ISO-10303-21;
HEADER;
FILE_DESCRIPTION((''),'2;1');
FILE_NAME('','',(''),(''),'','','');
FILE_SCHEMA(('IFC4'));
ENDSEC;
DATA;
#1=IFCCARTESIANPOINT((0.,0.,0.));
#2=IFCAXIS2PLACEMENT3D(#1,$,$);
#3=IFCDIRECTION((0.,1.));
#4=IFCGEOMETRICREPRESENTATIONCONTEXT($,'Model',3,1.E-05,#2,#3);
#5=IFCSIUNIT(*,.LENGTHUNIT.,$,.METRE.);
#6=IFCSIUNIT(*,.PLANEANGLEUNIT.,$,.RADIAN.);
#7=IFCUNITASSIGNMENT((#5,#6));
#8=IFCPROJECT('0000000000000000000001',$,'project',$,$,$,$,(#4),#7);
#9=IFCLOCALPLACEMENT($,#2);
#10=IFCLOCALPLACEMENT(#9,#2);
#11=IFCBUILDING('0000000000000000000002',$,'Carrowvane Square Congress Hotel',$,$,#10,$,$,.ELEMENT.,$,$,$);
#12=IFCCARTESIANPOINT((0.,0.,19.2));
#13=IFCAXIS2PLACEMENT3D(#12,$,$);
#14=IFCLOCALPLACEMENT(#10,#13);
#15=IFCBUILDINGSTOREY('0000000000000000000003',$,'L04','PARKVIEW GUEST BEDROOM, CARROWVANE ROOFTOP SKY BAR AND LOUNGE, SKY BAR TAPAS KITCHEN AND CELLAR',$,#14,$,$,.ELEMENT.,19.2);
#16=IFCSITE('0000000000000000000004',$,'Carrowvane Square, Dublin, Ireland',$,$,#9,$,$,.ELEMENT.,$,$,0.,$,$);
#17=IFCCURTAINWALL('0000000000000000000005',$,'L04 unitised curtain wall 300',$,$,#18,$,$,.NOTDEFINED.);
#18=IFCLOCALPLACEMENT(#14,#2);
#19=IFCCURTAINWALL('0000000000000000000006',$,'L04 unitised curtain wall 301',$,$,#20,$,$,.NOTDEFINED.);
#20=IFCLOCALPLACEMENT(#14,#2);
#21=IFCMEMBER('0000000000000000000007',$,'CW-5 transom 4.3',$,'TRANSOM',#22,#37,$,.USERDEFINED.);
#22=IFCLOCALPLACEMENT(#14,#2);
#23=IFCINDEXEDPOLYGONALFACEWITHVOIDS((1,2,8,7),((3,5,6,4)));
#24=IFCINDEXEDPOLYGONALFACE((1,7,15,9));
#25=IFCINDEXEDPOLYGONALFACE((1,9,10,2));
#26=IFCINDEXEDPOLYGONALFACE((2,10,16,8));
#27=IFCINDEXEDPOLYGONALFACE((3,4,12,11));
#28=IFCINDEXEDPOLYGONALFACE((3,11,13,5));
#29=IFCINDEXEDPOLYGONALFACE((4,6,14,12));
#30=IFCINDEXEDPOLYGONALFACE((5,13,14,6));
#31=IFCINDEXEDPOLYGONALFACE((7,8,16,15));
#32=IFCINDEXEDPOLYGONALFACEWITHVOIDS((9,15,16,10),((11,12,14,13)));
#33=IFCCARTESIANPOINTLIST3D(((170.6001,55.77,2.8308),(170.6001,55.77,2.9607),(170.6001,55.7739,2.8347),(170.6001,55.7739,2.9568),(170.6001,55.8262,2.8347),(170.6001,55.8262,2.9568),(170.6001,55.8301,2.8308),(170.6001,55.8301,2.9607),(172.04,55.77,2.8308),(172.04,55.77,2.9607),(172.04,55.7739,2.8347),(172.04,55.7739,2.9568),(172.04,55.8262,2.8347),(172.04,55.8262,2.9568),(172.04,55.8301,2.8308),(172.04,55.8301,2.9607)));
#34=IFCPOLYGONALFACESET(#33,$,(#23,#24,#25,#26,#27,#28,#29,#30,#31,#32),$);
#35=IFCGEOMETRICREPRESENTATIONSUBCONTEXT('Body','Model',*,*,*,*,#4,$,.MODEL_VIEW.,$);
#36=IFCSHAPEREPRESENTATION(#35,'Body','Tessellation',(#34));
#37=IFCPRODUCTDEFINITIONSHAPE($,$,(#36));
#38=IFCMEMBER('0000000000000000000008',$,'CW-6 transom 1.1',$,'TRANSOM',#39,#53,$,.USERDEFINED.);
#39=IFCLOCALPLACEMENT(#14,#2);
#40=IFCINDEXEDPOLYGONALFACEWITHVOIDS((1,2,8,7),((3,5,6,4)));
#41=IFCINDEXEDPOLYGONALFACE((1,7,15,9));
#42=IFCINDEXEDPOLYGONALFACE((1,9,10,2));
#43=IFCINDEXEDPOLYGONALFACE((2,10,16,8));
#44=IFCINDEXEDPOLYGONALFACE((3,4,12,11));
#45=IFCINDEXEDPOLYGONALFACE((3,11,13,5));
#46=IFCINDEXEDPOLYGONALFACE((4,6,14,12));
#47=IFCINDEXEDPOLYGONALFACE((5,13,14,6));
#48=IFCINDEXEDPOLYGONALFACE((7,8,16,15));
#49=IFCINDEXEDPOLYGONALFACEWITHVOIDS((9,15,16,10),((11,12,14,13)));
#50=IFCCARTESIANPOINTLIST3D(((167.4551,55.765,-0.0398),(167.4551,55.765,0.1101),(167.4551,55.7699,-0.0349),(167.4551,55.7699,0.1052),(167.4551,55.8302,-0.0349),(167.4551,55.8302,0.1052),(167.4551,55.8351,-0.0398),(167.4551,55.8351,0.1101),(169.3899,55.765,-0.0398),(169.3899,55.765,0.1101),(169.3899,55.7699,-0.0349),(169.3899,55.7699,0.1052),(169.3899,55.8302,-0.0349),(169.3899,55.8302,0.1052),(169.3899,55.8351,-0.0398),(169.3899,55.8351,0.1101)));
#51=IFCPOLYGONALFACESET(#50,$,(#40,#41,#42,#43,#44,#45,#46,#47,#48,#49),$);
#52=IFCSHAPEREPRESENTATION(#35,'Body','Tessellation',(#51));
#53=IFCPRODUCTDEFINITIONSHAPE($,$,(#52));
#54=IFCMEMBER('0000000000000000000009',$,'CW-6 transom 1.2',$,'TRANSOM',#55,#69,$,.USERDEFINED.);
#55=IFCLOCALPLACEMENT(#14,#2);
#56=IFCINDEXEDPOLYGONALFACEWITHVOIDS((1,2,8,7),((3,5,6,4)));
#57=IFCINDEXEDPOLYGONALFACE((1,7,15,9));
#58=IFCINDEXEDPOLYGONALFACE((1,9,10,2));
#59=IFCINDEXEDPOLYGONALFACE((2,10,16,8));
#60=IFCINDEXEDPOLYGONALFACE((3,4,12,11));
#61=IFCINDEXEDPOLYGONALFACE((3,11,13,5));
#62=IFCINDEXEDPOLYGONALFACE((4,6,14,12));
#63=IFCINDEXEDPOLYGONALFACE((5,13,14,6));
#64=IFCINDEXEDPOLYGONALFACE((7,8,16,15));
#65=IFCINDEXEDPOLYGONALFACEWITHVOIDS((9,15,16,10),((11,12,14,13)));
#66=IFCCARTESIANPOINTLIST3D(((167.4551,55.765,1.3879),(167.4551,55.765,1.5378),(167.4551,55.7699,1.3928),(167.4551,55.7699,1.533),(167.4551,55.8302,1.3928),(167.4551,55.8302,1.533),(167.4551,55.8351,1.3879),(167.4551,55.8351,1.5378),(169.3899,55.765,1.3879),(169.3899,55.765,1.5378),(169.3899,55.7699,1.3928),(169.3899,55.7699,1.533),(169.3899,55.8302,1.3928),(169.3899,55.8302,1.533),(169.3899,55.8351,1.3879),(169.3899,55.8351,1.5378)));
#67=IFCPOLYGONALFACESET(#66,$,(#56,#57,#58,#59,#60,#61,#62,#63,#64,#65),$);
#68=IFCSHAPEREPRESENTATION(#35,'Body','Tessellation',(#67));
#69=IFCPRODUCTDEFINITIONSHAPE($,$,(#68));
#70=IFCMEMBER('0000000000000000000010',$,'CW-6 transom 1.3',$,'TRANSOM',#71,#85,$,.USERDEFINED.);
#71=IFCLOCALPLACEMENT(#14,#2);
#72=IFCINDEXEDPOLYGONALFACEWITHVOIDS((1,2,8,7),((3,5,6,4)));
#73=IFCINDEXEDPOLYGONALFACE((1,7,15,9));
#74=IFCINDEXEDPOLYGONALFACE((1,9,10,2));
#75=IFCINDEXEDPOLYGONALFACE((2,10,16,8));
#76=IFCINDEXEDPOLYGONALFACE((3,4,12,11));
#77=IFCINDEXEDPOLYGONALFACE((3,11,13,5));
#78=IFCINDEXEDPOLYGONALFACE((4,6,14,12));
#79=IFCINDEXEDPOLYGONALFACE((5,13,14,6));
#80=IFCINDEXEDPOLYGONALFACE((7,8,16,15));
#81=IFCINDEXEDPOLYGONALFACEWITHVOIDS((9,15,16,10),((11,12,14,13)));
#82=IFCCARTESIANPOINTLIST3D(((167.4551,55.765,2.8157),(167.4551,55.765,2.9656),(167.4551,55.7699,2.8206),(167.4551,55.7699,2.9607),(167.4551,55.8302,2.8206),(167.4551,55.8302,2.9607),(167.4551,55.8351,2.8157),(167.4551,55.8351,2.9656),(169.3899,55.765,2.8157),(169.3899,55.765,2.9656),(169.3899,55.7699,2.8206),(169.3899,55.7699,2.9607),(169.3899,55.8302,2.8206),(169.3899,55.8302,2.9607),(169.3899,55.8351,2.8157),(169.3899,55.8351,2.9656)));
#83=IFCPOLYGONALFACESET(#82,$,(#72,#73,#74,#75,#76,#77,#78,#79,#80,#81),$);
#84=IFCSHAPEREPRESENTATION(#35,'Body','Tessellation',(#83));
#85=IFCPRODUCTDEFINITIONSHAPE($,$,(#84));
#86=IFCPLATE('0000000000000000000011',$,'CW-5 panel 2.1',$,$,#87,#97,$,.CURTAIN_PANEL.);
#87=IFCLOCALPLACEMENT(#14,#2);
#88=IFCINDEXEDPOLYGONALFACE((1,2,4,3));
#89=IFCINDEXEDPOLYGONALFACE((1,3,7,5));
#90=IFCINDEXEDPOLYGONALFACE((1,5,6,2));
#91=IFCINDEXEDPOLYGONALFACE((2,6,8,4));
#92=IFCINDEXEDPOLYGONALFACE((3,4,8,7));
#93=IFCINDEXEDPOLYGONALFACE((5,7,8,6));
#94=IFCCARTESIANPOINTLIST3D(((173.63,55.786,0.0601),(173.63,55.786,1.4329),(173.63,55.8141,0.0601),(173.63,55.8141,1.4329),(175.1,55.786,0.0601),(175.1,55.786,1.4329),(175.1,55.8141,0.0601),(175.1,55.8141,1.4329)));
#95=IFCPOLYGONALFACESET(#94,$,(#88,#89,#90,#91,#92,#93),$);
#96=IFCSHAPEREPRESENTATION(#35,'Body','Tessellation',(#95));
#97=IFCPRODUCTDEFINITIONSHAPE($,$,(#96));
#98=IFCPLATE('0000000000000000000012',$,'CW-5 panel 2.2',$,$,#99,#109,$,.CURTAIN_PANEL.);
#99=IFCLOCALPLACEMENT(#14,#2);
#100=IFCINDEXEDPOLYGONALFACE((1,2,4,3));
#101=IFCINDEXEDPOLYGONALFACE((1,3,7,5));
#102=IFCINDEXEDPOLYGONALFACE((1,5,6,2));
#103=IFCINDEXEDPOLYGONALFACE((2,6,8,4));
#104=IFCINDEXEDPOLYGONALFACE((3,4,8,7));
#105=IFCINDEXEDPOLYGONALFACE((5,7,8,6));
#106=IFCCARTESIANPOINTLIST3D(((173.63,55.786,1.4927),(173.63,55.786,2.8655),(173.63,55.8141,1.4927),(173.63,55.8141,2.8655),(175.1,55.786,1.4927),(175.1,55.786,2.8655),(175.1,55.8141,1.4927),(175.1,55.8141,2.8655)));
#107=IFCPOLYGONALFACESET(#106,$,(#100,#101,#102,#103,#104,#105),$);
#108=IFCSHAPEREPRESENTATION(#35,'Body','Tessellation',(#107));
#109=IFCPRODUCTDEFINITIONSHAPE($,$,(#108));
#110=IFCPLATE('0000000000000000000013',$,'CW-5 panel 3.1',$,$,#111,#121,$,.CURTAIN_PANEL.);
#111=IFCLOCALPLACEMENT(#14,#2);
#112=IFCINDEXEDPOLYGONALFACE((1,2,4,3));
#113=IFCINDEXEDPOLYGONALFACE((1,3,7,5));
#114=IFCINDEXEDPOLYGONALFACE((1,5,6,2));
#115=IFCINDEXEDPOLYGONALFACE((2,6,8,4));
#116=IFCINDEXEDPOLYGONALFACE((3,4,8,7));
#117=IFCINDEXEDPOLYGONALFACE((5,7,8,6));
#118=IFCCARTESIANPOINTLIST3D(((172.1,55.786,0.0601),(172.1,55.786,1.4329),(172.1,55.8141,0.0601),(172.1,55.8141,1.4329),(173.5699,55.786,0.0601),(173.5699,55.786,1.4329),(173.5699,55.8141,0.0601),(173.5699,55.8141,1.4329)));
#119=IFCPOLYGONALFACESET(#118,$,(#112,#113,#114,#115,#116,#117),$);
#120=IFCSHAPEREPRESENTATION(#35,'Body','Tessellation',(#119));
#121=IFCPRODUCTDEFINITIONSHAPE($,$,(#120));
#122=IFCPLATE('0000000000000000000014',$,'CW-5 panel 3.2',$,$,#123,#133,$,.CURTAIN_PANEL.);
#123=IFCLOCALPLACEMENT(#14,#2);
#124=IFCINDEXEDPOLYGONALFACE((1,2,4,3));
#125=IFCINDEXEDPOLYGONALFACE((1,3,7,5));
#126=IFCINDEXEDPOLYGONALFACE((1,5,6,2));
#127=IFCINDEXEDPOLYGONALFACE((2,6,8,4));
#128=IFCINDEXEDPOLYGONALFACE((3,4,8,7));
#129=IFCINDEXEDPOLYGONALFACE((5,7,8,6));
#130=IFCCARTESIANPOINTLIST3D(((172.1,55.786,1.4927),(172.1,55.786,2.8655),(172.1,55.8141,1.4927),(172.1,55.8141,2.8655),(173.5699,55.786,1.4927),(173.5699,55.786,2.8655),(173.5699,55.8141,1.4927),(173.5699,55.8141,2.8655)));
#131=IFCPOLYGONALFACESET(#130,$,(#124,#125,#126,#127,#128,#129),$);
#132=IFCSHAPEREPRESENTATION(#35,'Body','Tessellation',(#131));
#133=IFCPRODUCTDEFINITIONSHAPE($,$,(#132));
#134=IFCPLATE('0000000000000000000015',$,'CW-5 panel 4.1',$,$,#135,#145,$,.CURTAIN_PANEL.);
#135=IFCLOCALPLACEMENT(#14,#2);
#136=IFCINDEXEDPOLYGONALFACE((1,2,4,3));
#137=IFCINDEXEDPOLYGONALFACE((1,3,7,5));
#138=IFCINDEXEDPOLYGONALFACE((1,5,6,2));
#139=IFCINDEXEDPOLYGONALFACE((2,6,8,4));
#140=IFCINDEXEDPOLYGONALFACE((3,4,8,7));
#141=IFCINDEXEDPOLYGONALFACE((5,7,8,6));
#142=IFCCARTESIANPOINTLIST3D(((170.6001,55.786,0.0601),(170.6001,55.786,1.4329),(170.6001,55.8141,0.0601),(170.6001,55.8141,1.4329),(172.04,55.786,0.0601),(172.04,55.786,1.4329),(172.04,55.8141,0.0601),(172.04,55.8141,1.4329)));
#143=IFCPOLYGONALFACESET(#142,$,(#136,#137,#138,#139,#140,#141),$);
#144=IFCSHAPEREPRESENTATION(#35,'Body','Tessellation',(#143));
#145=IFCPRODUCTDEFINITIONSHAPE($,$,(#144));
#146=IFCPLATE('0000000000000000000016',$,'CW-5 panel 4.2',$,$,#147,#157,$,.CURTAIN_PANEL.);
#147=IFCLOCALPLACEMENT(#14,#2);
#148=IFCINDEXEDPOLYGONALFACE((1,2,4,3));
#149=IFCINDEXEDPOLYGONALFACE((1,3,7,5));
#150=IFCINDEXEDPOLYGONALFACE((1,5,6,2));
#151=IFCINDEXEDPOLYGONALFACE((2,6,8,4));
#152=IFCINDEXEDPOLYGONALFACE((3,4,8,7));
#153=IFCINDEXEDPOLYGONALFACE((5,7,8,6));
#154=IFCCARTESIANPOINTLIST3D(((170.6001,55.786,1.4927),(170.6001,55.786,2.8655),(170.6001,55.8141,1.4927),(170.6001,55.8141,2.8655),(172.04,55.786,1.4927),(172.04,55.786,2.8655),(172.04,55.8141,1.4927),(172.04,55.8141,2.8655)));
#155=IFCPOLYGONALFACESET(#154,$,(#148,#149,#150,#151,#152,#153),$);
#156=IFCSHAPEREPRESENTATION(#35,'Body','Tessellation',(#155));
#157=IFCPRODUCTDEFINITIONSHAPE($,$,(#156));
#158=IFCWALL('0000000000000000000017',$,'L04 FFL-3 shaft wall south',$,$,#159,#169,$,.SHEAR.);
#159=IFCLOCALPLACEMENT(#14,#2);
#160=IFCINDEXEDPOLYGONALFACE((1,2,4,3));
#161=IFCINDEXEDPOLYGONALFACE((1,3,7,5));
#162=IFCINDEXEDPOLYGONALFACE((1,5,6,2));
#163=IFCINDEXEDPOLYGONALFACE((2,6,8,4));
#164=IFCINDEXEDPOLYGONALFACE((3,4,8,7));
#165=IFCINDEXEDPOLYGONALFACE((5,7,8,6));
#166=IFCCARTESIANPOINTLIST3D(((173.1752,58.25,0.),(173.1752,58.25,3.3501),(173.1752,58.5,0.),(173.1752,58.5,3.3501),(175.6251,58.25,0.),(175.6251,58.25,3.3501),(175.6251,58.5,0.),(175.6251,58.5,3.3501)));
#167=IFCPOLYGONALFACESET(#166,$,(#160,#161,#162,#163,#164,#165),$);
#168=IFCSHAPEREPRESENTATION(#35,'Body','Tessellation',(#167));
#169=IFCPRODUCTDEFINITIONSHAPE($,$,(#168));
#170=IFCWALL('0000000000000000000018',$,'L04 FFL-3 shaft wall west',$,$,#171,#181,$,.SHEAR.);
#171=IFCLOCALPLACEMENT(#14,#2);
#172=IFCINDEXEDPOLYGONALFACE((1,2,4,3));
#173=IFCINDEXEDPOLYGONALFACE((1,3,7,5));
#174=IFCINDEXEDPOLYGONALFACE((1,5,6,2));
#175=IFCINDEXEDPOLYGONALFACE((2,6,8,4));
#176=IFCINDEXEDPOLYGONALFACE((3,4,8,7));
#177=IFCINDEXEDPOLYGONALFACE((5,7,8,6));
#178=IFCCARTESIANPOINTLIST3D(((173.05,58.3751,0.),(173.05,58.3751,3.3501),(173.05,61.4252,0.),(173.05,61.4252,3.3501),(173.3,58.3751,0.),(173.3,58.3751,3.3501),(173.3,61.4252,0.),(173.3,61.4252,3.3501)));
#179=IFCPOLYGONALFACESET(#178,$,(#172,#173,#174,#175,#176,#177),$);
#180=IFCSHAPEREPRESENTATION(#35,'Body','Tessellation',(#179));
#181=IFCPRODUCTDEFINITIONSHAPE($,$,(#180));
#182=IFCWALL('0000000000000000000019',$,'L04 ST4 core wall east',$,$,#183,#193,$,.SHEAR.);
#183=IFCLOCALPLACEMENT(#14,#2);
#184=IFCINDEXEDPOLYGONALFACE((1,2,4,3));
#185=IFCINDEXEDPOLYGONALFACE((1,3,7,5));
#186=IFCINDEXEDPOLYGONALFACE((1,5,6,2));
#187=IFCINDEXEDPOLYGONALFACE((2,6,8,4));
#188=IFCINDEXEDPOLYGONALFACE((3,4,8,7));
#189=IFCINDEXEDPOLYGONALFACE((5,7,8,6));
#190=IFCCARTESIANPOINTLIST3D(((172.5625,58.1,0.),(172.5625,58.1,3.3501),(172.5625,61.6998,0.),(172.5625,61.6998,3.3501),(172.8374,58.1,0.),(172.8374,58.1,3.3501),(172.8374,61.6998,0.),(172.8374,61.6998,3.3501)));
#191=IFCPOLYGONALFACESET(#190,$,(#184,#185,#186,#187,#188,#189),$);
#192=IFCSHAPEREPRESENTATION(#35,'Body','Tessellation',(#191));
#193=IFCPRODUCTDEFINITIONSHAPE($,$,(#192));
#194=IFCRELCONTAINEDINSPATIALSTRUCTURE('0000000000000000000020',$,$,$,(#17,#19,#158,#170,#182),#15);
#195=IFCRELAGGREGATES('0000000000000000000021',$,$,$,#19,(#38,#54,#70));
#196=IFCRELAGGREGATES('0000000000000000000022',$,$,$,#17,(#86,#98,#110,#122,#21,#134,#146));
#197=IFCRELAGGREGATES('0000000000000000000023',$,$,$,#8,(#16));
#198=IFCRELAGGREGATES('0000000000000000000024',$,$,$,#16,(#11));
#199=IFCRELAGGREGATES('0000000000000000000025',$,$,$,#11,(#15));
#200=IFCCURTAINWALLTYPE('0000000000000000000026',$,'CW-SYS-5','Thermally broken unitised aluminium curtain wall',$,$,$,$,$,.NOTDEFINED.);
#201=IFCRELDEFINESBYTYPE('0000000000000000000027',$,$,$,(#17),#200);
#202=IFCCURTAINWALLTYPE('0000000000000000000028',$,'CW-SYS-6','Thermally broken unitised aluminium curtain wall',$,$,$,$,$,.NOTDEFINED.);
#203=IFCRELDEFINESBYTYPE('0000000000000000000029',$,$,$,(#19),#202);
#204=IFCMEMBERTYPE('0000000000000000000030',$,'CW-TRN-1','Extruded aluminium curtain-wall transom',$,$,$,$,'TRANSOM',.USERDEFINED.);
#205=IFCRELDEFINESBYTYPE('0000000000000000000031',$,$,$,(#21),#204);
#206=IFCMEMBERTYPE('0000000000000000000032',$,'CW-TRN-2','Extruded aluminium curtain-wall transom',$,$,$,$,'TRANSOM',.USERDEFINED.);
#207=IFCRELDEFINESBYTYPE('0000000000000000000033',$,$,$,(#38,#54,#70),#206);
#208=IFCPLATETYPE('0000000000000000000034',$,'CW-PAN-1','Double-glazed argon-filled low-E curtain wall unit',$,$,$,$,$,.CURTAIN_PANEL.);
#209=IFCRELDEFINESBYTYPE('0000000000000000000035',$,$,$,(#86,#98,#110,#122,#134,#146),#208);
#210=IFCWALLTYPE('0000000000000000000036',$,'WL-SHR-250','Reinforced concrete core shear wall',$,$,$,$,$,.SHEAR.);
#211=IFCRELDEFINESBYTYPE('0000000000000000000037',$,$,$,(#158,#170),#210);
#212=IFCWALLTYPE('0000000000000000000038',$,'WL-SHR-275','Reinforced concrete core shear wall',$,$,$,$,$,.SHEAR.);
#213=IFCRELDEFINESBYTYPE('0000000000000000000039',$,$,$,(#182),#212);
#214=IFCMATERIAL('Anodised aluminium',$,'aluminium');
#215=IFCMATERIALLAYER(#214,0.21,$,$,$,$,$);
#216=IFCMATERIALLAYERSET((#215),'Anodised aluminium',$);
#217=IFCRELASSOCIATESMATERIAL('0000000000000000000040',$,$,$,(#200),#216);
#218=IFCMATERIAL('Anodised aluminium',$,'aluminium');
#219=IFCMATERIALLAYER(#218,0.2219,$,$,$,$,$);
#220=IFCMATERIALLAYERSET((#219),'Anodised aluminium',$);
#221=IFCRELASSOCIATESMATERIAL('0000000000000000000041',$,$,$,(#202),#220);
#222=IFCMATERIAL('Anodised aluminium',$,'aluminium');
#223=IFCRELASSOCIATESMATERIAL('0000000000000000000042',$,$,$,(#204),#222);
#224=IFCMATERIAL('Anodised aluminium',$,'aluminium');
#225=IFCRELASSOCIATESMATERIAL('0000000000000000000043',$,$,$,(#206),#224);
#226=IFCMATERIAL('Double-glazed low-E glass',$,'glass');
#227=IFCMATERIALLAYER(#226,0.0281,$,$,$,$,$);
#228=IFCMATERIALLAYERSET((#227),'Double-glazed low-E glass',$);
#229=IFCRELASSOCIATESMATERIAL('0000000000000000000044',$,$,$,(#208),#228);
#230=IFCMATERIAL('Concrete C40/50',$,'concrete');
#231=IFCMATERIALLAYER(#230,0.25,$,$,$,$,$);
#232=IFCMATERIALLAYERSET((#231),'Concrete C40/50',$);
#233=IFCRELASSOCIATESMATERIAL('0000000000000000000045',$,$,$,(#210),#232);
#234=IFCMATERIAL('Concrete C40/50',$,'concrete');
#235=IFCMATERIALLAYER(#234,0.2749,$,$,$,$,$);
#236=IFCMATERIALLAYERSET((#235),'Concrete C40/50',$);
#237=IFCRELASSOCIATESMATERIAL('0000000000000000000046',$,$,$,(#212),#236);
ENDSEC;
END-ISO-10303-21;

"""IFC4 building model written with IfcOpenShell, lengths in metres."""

from ifc_helpers import new_model, si_unit, direction, frame, frame_2d, origin, origin_2d, place, context, subcontext, project, spatial, rectangle, hollow_rectangle, extrude, material, layer, layer_set, material_profile, profile_set, type_object, element, aggregate, save


model = new_model("IFC4")

# Units and contexts
model_context = context("Model", 3, precision=1e-05, world=origin(), true_north=direction((0.0, 1.0)))
body_context = subcontext(model_context, "Body", "Model", "MODEL_VIEW")
ifc_project = project(units=[si_unit("LENGTHUNIT", "METRE"), si_unit("PLANEANGLEUNIT", "RADIAN")], contexts=[model_context])

# Site, building, storey
site_placement = place(None, origin())
site = spatial("IfcSite", under=ifc_project, at=site_placement, Name="Carrowvane Square, Dublin, Ireland", CompositionType="ELEMENT", RefElevation=0.0)
building_placement = place(site_placement, origin())
building = spatial("IfcBuilding", under=site, at=building_placement, Name="Carrowvane Square Congress Hotel", CompositionType="ELEMENT")
storey_placement = place(building_placement, frame((0.0, 0.0, 19.2)))
storey = spatial("IfcBuildingStorey", under=building, at=storey_placement, Name="L04", Description="PARKVIEW GUEST BEDROOM, CARROWVANE ROOFTOP SKY BAR AND LOUNGE, SKY BAR TAPAS KITCHEN AND CELLAR", CompositionType="ELEMENT", Elevation=19.2)

# Curtain wall
ifc_material_1 = material(Name="Anodised aluminium", Category="aluminium")
ifc_layer_1 = layer(ifc_material_1, 0.21)
ifc_layer_set_1 = layer_set([ifc_layer_1], Name="Anodised aluminium")
curtain_wall_type_1 = type_object("IfcCurtainWallType", Name="CW-SYS-5", Description="Thermally broken unitised aluminium curtain wall", PredefinedType="NOTDEFINED", material=ifc_layer_set_1)
curtain_wall_1_placement = place(storey_placement, origin())
curtain_wall_1 = element("IfcCurtainWall", 1, at=curtain_wall_1_placement, inside=storey, type_object=curtain_wall_type_1, Name="L04 unitised curtain wall 300", PredefinedType="NOTDEFINED")

# Curtain wall
ifc_material_2 = material(Name="Anodised aluminium", Category="aluminium")
ifc_layer_2 = layer(ifc_material_2, 0.2219)
ifc_layer_set_2 = layer_set([ifc_layer_2], Name="Anodised aluminium")
curtain_wall_type_2 = type_object("IfcCurtainWallType", Name="CW-SYS-6", Description="Thermally broken unitised aluminium curtain wall", PredefinedType="NOTDEFINED", material=ifc_layer_set_2)
curtain_wall_2_placement = place(storey_placement, origin())
curtain_wall_2 = element("IfcCurtainWall", 2, at=curtain_wall_2_placement, inside=storey, type_object=curtain_wall_type_2, Name="L04 unitised curtain wall 301", PredefinedType="NOTDEFINED")

# Members
ifc_material_3 = material(Name="Anodised aluminium", Category="aluminium")
ifc_material_profile_1 = material_profile(ifc_material_3, hollow_rectangle(XDim=0.0601, YDim=0.1299, WallThickness=0.0039, at=origin_2d()), Name="CW-TR 60x130x4")
ifc_profile_set_1 = profile_set([ifc_material_profile_1], Name="Anodised aluminium")
member_type_1 = type_object("IfcMemberType", Name="CW-TRN-1", Description="Extruded aluminium curtain-wall transom", ElementType="TRANSOM", PredefinedType="USERDEFINED", material=ifc_profile_set_1)
member_1_placement = place(storey_placement, frame((172.04, 55.8, 2.8958), z_axis=(-1.0, 0.0, 0.0), x_axis=(0.0, -1.0, 0.0)))
member_1 = element("IfcMember", 3, at=member_1_placement, type_object=member_type_1, Name="CW-5 transom 4.3", ObjectType="TRANSOM", PredefinedType="USERDEFINED", context=body_context, shape_type="SweptSolid", body=[
    extrude(hollow_rectangle(XDim=0.0601, YDim=0.1299, WallThickness=0.0039, at=origin_2d()), origin(), (0.0, 0.0, 1.0), 1.4399),
])
ifc_material_4 = material(Name="Anodised aluminium", Category="aluminium")
ifc_material_profile_2 = material_profile(ifc_material_4, hollow_rectangle(XDim=0.0701, YDim=0.1499, WallThickness=0.0049, at=origin_2d()), Name="CW-TR 70x150x5")
ifc_profile_set_2 = profile_set([ifc_material_profile_2], Name="Anodised aluminium")
member_type_2 = type_object("IfcMemberType", Name="CW-TRN-2", Description="Extruded aluminium curtain-wall transom", ElementType="TRANSOM", PredefinedType="USERDEFINED", material=ifc_profile_set_2)
member_2_placement = place(storey_placement, frame((169.3899, 55.8, 0.0352), z_axis=(-1.0, 0.0, 0.0), x_axis=(0.0, -1.0, 0.0)))
member_2 = element("IfcMember", 4, at=member_2_placement, type_object=member_type_2, Name="CW-6 transom 1.1", ObjectType="TRANSOM", PredefinedType="USERDEFINED", context=body_context, shape_type="SweptSolid", body=[
    extrude(hollow_rectangle(XDim=0.0701, YDim=0.1499, WallThickness=0.0049, at=origin_2d()), origin(), (0.0, 0.0, 1.0), 1.9348),
])
member_3_placement = place(storey_placement, frame((169.3899, 55.8, 1.4629), z_axis=(-1.0, 0.0, 0.0), x_axis=(0.0, -1.0, 0.0)))
member_3 = element("IfcMember", 5, at=member_3_placement, type_object=member_type_2, Name="CW-6 transom 1.2", ObjectType="TRANSOM", PredefinedType="USERDEFINED", context=body_context, shape_type="SweptSolid", body=[
    extrude(hollow_rectangle(XDim=0.0701, YDim=0.1499, WallThickness=0.0049, at=origin_2d()), origin(), (0.0, 0.0, 1.0), 1.9348),
])
member_4_placement = place(storey_placement, frame((169.3899, 55.8, 2.8906), z_axis=(-1.0, 0.0, 0.0), x_axis=(0.0, -1.0, 0.0)))
member_4 = element("IfcMember", 6, at=member_4_placement, type_object=member_type_2, Name="CW-6 transom 1.3", ObjectType="TRANSOM", PredefinedType="USERDEFINED", context=body_context, shape_type="SweptSolid", body=[
    extrude(hollow_rectangle(XDim=0.0701, YDim=0.1499, WallThickness=0.0049, at=origin_2d()), origin(), (0.0, 0.0, 1.0), 1.9348),
])
aggregate(curtain_wall_2, [member_2, member_3, member_4])

# Plates
ifc_material_5 = material(Name="Double-glazed low-E glass", Category="glass")
ifc_layer_3 = layer(ifc_material_5, 0.0281)
ifc_layer_set_3 = layer_set([ifc_layer_3], Name="Double-glazed low-E glass")
plate_type = type_object("IfcPlateType", Name="CW-PAN-1", Description="Double-glazed argon-filled low-E curtain wall unit", PredefinedType="CURTAIN_PANEL", material=ifc_layer_set_3)
plate_1_placement = place(storey_placement, frame((174.365, 55.8, 0.0601), z_axis=(0.0, 0.0, 1.0), x_axis=(-1.0, 0.0, 0.0)))
plate_1 = element("IfcPlate", 7, at=plate_1_placement, type_object=plate_type, Name="CW-5 panel 2.1", PredefinedType="CURTAIN_PANEL", context=body_context, shape_type="SweptSolid", body=[
    extrude(rectangle(XDim=1.47, YDim=0.0281, at=origin_2d()), origin(), (0.0, 0.0, 1.0), 1.3728),
])
plate_2_placement = place(storey_placement, frame((174.365, 55.8, 1.4927), z_axis=(0.0, 0.0, 1.0), x_axis=(-1.0, 0.0, 0.0)))
plate_2 = element("IfcPlate", 8, at=plate_2_placement, type_object=plate_type, Name="CW-5 panel 2.2", PredefinedType="CURTAIN_PANEL", context=body_context, shape_type="SweptSolid", body=[
    extrude(rectangle(XDim=1.47, YDim=0.0281, at=origin_2d()), origin(), (0.0, 0.0, 1.0), 1.3728),
])
plate_3_placement = place(storey_placement, frame((172.835, 55.8, 0.0601), z_axis=(0.0, 0.0, 1.0), x_axis=(-1.0, 0.0, 0.0)))
plate_3 = element("IfcPlate", 9, at=plate_3_placement, type_object=plate_type, Name="CW-5 panel 3.1", PredefinedType="CURTAIN_PANEL", context=body_context, shape_type="SweptSolid", body=[
    extrude(rectangle(XDim=1.47, YDim=0.0281, at=origin_2d()), origin(), (0.0, 0.0, 1.0), 1.3728),
])
plate_4_placement = place(storey_placement, frame((172.835, 55.8, 1.4927), z_axis=(0.0, 0.0, 1.0), x_axis=(-1.0, 0.0, 0.0)))
plate_4 = element("IfcPlate", 10, at=plate_4_placement, type_object=plate_type, Name="CW-5 panel 3.2", PredefinedType="CURTAIN_PANEL", context=body_context, shape_type="SweptSolid", body=[
    extrude(rectangle(XDim=1.47, YDim=0.0281, at=origin_2d()), origin(), (0.0, 0.0, 1.0), 1.3728),
])
plate_5_placement = place(storey_placement, frame((171.3201, 55.8, 0.0601), z_axis=(0.0, 0.0, 1.0), x_axis=(-1.0, 0.0, 0.0)))
plate_5 = element("IfcPlate", 11, at=plate_5_placement, type_object=plate_type, Name="CW-5 panel 4.1", PredefinedType="CURTAIN_PANEL", context=body_context, shape_type="SweptSolid", body=[
    extrude(rectangle(XDim=1.4399, YDim=0.0281, at=origin_2d()), origin(), (0.0, 0.0, 1.0), 1.3728),
])
plate_6_placement = place(storey_placement, frame((171.3201, 55.8, 1.4927), z_axis=(0.0, 0.0, 1.0), x_axis=(-1.0, 0.0, 0.0)))
plate_6 = element("IfcPlate", 12, at=plate_6_placement, type_object=plate_type, Name="CW-5 panel 4.2", PredefinedType="CURTAIN_PANEL", context=body_context, shape_type="SweptSolid", body=[
    extrude(rectangle(XDim=1.4399, YDim=0.0281, at=origin_2d()), origin(), (0.0, 0.0, 1.0), 1.3728),
])
aggregate(curtain_wall_1, [plate_1, plate_2, plate_3, plate_4, member_1, plate_5, plate_6])

# Walls
ifc_material_6 = material(Name="Concrete C40/50", Category="concrete")
ifc_layer_4 = layer(ifc_material_6, 0.25)
ifc_layer_set_4 = layer_set([ifc_layer_4], Name="Concrete C40/50")
wall_type_1 = type_object("IfcWallType", Name="WL-SHR-250", Description="Reinforced concrete core shear wall", PredefinedType="SHEAR", material=ifc_layer_set_4)
wall_1_placement = place(storey_placement, frame((173.175, 58.375, 0.0), z_axis=(0.0, 0.0, 1.0), x_axis=(1.0, 0.0, 0.0)))
element("IfcWall", 13, at=wall_1_placement, inside=storey, type_object=wall_type_1, Name="L04 FFL-3 shaft wall south", PredefinedType="SHEAR", context=body_context, shape_type="SweptSolid", body=[
    extrude(rectangle(XDim=2.45, YDim=0.25, at=frame_2d((1.2251, 0.0))), origin(), (0.0, 0.0, 1.0), 3.3501),
])
wall_2_placement = place(storey_placement, frame((173.175, 61.425, 0.0), z_axis=(0.0, 0.0, 1.0), x_axis=(0.0, -1.0, 0.0)))
element("IfcWall", 14, at=wall_2_placement, inside=storey, type_object=wall_type_1, Name="L04 FFL-3 shaft wall west", PredefinedType="SHEAR", context=body_context, shape_type="SweptSolid", body=[
    extrude(rectangle(XDim=3.05, YDim=0.25, at=frame_2d((1.5249, 0.0))), origin(), (0.0, 0.0, 1.0), 3.3501),
])
ifc_material_7 = material(Name="Concrete C40/50", Category="concrete")
ifc_layer_5 = layer(ifc_material_7, 0.2749)
ifc_layer_set_5 = layer_set([ifc_layer_5], Name="Concrete C40/50")
wall_type_2 = type_object("IfcWallType", Name="WL-SHR-275", Description="Reinforced concrete core shear wall", PredefinedType="SHEAR", material=ifc_layer_set_5)
wall_3_placement = place(storey_placement, frame((172.7, 58.1001, 0.0), z_axis=(0.0, 0.0, 1.0), x_axis=(0.0, 1.0, 0.0)))
element("IfcWall", 15, at=wall_3_placement, inside=storey, type_object=wall_type_2, Name="L04 ST4 core wall east", PredefinedType="SHEAR", context=body_context, shape_type="SweptSolid", body=[
    extrude(rectangle(XDim=3.5999, YDim=0.2749, at=frame_2d((1.7998, 0.0))), origin(), (0.0, 0.0, 1.0), 3.3501),
])

save(model, "model.ifc")
